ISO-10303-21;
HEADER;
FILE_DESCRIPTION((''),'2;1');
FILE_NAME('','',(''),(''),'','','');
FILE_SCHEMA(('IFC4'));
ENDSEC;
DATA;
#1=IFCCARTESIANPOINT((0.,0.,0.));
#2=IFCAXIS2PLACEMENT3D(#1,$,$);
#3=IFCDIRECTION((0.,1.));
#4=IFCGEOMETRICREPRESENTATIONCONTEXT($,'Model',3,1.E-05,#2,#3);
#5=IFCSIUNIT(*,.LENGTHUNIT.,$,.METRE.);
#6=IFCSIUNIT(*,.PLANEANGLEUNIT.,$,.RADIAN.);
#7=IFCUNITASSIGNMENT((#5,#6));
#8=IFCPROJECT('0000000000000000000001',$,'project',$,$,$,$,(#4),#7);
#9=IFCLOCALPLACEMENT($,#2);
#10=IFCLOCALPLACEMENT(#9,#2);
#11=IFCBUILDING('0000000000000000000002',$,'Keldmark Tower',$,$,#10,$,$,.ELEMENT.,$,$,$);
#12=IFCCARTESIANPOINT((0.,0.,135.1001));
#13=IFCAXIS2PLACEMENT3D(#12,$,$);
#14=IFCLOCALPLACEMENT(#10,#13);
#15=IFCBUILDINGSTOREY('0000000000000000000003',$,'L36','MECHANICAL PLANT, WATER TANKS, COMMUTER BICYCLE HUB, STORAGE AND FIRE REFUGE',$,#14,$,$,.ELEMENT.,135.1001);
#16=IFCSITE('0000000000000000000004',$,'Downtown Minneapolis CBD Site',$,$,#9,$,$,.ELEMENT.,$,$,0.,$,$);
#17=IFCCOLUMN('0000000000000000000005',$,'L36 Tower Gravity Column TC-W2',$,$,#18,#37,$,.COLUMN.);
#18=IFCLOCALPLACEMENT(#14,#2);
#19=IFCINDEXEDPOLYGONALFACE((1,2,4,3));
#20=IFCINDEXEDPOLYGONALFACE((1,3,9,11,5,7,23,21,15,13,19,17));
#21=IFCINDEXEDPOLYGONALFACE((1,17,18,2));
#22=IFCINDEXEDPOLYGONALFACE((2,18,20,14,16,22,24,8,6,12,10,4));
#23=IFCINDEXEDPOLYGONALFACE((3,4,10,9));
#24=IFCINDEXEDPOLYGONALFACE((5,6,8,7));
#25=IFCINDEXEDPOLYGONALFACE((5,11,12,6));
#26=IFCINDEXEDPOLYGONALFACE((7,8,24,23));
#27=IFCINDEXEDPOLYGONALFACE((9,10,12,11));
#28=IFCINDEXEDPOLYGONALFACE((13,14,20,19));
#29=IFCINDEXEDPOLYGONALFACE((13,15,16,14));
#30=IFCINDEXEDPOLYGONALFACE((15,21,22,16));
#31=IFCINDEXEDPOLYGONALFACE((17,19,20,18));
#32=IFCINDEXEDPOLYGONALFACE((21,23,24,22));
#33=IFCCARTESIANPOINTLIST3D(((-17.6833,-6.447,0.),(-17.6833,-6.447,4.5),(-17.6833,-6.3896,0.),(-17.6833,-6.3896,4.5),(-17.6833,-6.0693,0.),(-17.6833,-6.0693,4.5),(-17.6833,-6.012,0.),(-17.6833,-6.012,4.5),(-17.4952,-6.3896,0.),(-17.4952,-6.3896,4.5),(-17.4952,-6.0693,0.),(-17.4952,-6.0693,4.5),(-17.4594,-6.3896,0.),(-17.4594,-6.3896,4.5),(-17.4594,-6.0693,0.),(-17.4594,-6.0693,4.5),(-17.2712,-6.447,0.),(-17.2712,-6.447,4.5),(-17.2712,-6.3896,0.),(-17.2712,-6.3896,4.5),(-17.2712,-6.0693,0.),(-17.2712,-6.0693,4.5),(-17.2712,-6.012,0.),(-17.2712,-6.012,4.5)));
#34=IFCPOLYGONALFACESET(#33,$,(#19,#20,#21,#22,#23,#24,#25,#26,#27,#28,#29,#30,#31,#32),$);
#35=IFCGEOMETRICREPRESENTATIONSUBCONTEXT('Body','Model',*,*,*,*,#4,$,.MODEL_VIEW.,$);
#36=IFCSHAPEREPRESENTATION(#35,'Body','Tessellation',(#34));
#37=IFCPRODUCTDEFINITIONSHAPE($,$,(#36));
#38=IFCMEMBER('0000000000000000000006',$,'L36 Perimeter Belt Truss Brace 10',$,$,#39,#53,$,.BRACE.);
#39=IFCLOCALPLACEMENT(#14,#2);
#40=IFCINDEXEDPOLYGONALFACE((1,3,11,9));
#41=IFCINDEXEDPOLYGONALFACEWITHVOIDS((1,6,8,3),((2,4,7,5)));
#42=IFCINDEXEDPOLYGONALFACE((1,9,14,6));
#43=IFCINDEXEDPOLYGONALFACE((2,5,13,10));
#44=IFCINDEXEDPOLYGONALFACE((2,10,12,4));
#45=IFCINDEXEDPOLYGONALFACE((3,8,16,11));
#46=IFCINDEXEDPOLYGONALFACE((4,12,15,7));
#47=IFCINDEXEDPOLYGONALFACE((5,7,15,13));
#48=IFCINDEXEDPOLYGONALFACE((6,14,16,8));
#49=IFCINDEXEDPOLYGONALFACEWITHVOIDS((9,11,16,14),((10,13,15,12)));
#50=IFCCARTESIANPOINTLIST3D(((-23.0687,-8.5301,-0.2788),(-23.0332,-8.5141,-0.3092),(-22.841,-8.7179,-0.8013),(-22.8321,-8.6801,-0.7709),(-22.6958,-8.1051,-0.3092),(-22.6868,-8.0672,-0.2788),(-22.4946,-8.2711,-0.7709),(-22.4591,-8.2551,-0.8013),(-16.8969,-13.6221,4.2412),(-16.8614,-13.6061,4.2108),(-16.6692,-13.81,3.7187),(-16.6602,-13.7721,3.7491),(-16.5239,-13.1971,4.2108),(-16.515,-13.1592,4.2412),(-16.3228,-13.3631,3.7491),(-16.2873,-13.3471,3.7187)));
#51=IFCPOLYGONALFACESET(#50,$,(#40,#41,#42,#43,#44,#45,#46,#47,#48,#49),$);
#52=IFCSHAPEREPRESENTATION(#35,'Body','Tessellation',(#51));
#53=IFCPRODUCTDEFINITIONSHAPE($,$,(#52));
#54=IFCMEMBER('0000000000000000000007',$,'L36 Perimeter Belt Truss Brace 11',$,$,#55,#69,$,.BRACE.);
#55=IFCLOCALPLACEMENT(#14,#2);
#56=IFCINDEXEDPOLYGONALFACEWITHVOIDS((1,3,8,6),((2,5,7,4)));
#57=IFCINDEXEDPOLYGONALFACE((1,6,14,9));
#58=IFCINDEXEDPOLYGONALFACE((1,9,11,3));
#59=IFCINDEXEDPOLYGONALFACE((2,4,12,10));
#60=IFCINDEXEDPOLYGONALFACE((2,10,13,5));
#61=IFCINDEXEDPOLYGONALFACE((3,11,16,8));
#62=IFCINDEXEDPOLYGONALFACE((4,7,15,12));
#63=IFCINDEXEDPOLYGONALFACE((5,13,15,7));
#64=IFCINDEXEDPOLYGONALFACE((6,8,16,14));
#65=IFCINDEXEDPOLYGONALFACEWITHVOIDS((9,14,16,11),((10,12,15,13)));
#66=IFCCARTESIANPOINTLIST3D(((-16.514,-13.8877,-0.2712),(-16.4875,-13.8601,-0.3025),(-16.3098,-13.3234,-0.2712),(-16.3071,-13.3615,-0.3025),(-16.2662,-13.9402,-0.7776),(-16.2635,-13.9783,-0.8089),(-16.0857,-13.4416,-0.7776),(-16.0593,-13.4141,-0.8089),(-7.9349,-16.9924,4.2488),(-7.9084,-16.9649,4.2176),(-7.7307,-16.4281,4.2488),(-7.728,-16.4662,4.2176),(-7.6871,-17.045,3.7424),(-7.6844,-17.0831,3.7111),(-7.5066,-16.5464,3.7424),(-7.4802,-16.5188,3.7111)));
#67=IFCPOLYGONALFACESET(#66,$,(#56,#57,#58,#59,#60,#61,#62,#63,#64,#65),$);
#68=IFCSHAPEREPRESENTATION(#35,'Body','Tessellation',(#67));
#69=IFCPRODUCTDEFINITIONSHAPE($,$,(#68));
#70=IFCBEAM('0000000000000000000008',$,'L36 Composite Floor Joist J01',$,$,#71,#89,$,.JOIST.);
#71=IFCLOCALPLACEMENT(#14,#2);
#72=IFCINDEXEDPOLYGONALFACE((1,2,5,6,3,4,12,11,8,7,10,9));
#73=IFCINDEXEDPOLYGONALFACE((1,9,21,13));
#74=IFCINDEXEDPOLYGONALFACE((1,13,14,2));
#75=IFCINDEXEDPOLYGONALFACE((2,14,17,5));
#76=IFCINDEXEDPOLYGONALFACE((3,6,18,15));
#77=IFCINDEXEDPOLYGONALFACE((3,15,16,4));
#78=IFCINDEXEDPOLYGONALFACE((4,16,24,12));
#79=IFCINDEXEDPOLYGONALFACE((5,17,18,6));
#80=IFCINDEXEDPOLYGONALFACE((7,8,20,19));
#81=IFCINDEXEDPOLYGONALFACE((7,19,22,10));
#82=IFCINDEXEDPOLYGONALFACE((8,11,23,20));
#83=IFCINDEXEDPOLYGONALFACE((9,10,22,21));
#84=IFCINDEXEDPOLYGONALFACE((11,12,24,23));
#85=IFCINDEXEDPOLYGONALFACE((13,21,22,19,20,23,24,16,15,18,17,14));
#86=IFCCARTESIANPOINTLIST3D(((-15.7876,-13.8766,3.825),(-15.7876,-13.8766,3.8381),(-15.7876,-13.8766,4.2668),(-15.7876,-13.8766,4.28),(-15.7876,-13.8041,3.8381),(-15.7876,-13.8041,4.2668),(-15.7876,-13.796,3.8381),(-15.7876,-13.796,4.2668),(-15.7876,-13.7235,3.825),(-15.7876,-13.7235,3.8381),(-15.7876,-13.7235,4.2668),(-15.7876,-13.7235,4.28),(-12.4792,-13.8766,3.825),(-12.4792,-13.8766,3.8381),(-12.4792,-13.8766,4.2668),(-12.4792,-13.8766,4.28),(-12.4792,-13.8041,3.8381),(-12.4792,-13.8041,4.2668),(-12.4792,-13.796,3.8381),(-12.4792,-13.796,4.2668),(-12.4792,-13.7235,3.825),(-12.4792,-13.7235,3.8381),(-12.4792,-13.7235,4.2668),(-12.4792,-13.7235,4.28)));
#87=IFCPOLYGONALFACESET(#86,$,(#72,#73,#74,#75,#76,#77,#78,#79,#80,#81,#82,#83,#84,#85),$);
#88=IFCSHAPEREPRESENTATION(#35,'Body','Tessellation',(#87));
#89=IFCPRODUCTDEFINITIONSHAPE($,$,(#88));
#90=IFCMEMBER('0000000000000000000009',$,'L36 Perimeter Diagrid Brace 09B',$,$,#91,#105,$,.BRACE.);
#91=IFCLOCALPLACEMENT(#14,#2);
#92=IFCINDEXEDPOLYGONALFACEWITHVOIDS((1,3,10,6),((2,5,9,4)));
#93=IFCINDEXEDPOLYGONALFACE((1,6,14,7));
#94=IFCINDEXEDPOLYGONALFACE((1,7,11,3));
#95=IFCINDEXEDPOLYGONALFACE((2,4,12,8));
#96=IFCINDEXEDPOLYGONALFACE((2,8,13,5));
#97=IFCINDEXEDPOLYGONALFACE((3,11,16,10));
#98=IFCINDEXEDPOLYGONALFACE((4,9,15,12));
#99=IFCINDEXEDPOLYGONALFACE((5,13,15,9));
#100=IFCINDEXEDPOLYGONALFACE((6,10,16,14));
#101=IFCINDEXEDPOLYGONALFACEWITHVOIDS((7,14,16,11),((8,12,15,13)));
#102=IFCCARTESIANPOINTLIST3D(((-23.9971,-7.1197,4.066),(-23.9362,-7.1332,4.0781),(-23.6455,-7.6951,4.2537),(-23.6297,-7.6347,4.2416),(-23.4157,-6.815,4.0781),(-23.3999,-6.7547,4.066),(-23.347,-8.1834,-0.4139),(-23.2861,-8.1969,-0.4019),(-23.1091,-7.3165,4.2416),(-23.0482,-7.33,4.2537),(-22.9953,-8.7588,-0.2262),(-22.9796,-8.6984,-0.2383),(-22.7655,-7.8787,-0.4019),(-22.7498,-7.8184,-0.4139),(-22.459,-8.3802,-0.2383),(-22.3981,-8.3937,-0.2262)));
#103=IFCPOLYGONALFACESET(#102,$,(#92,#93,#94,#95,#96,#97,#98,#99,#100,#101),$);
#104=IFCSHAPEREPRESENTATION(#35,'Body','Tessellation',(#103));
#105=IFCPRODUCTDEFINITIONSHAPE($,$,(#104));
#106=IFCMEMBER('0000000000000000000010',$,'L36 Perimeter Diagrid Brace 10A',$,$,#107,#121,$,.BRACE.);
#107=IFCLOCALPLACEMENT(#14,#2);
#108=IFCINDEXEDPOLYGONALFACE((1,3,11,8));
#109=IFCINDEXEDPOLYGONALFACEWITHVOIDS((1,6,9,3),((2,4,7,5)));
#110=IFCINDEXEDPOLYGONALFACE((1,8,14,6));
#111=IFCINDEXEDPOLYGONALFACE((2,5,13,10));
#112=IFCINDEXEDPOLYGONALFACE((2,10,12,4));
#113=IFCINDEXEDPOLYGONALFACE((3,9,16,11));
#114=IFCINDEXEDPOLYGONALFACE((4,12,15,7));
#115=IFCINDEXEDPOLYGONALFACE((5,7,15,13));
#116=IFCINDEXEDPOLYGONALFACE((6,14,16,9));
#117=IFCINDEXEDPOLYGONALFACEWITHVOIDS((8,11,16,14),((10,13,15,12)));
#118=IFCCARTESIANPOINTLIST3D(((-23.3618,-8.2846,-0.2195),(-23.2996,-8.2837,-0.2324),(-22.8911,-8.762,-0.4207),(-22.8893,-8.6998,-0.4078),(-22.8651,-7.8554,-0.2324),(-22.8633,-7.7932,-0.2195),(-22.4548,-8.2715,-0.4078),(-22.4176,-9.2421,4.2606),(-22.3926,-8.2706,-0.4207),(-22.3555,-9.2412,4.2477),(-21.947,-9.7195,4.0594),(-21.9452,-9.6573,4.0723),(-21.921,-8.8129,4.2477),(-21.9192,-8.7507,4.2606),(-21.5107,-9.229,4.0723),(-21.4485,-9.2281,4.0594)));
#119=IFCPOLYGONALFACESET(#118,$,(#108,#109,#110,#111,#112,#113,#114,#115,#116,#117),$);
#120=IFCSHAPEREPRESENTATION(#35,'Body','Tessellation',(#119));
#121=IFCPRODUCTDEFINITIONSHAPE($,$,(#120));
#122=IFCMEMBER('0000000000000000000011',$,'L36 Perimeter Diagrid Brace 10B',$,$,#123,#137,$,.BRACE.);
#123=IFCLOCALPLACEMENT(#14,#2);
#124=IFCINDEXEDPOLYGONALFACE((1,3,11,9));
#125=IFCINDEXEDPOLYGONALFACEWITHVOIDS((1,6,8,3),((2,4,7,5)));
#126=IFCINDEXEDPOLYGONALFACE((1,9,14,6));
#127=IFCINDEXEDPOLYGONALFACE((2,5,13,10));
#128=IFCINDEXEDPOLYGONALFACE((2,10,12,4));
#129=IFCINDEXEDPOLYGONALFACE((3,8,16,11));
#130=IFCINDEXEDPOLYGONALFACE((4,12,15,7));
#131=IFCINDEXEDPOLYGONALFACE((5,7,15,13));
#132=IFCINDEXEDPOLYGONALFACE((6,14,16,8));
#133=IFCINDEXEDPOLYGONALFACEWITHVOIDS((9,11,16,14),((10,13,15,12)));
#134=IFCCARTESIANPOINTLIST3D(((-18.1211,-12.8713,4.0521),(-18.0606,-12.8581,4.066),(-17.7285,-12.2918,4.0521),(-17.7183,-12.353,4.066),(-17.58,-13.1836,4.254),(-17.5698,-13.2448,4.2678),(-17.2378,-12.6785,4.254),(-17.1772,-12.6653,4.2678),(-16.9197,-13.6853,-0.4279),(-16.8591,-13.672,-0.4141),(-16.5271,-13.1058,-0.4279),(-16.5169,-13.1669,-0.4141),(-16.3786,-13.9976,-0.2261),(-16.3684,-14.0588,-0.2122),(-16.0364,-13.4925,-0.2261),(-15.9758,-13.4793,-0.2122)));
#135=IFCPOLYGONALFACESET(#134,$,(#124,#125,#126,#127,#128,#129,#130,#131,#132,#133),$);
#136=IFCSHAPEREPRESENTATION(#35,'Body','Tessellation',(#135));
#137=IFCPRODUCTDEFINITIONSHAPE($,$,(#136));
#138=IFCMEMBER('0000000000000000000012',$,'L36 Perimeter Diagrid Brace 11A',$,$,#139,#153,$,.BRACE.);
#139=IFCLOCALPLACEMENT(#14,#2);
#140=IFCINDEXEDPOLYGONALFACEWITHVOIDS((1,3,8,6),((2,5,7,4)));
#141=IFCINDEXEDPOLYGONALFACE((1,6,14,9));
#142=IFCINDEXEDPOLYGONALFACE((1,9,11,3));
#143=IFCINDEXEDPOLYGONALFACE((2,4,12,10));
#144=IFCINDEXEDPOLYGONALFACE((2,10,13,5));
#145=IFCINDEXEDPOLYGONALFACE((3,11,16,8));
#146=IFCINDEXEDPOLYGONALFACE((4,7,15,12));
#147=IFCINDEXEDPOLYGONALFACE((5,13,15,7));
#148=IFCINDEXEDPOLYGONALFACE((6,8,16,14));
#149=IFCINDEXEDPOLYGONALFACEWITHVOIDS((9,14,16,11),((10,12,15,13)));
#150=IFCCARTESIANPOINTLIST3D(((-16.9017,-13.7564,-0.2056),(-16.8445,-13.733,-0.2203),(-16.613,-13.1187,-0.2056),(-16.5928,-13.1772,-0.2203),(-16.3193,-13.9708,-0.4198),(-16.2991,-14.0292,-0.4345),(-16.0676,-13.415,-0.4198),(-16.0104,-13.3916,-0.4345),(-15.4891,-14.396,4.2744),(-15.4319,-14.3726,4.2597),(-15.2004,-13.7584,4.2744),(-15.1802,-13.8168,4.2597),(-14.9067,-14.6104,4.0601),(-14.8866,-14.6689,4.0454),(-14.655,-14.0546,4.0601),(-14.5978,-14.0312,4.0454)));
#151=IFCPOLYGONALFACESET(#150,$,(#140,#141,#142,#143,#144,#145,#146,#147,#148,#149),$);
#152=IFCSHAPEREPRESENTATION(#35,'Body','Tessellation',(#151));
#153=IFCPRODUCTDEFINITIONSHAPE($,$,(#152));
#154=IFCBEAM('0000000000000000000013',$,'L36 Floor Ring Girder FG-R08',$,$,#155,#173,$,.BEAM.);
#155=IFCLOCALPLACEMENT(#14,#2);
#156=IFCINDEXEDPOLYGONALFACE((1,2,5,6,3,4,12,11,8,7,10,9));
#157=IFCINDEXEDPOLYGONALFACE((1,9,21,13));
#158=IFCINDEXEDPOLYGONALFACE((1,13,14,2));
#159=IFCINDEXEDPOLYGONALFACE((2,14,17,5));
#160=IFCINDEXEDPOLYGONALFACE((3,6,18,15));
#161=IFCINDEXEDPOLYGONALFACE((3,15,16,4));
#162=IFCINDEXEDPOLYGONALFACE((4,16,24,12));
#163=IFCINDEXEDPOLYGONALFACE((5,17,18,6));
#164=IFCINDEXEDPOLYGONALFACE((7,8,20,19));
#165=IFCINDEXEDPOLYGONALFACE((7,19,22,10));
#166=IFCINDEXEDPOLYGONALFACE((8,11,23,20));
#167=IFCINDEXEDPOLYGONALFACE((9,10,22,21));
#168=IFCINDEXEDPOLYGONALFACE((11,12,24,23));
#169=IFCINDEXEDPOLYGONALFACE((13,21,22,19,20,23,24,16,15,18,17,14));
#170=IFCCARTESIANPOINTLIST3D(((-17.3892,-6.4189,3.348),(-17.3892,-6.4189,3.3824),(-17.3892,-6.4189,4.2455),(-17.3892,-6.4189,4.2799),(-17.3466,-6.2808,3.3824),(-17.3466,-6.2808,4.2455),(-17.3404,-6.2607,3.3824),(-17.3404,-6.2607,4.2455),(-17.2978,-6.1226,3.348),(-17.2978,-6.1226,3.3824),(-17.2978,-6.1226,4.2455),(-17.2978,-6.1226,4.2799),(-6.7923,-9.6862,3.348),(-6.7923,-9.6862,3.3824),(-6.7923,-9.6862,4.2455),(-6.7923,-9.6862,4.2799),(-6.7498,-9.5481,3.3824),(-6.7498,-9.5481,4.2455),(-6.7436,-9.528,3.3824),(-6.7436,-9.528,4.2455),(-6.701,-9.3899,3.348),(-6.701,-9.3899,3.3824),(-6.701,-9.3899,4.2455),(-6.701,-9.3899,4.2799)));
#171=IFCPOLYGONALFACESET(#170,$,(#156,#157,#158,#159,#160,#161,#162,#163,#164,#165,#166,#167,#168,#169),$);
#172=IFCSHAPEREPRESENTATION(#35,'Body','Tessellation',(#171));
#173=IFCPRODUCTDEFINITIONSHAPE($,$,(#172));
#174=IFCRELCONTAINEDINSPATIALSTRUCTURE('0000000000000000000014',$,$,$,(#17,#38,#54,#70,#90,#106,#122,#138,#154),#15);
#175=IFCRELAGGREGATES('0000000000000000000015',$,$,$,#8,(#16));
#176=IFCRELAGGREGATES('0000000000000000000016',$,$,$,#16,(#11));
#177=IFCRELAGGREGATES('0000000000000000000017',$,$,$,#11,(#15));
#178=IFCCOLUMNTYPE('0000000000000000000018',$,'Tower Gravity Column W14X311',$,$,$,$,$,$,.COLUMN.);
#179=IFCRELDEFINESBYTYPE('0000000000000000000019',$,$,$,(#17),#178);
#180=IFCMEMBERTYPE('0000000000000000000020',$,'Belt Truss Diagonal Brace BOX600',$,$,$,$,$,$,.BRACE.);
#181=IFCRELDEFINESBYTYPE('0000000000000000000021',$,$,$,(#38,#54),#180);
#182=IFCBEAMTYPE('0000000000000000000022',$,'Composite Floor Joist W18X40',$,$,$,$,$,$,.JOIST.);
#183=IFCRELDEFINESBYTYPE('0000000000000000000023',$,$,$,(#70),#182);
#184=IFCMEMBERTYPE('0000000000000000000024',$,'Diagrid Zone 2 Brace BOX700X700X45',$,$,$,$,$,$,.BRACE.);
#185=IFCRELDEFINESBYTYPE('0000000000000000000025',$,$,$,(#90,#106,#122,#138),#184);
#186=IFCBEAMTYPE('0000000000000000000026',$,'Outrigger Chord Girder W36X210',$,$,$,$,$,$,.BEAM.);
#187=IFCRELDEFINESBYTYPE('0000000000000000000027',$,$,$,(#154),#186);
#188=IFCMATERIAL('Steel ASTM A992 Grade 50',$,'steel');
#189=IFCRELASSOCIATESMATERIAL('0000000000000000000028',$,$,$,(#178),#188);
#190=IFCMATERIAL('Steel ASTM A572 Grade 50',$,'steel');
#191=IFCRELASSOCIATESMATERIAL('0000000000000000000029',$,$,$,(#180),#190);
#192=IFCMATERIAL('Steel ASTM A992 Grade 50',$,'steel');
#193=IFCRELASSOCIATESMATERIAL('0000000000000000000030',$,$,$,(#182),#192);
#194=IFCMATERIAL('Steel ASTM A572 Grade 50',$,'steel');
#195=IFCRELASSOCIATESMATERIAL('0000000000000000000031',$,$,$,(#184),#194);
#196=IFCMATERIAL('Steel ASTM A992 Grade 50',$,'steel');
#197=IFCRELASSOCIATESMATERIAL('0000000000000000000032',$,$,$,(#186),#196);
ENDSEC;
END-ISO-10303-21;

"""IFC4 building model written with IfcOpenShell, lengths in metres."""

from ifc_helpers import new_model, si_unit, direction, frame, origin, origin_2d, place, context, subcontext, project, spatial, hollow_rectangle, i_section, extrude, material, material_profile, profile_set, type_object, element, save


model = new_model("IFC4")

# Units and contexts
model_context = context("Model", 3, precision=1e-05, world=origin(), true_north=direction((0.0, 1.0)))
body_context = subcontext(model_context, "Body", "Model", "MODEL_VIEW")
ifc_project = project(units=[si_unit("LENGTHUNIT", "METRE"), si_unit("PLANEANGLEUNIT", "RADIAN")], contexts=[model_context])

# Site, building, storey
site_placement = place(None, origin())
site = spatial("IfcSite", under=ifc_project, at=site_placement, Name="Downtown Minneapolis CBD Site", CompositionType="ELEMENT", RefElevation=0.0)
building_placement = place(site_placement, origin())
building = spatial("IfcBuilding", under=site, at=building_placement, Name="Keldmark Tower", CompositionType="ELEMENT")
storey_placement = place(building_placement, frame((0.0, 0.0, 135.1001)))
storey = spatial("IfcBuildingStorey", under=building, at=storey_placement, Name="L36", Description="MECHANICAL PLANT, WATER TANKS, COMMUTER BICYCLE HUB, STORAGE AND FIRE REFUGE", CompositionType="ELEMENT", Elevation=135.1001)

# Column
ifc_material_1 = material(Name="Steel ASTM A992 Grade 50", Category="steel")
ifc_material_profile_1 = material_profile(ifc_material_1, i_section(OverallWidth=0.4121, OverallDepth=0.4351, WebThickness=0.0359, FlangeThickness=0.0574, at=origin_2d()), Name="W14X311")
ifc_profile_set_1 = profile_set([ifc_material_profile_1], Name="Steel ASTM A992 Grade 50")
column_type = type_object("IfcColumnType", Name="Tower Gravity Column W14X311", PredefinedType="COLUMN", material=ifc_profile_set_1)
column_placement = place(storey_placement, frame((-17.4773, -6.2295, 0.0), z_axis=(0.0, 0.0, 1.0), x_axis=(1.0, 0.0, 0.0)))
element("IfcColumn", 1, at=column_placement, inside=storey, type_object=column_type, Name="L36 Tower Gravity Column TC-W2", PredefinedType="COLUMN", context=body_context, shape_type="SweptSolid", body=[
    extrude(i_section(OverallWidth=0.4121, OverallDepth=0.4351, WebThickness=0.0359, FlangeThickness=0.0574, at=origin_2d()), origin(), (0.0, 0.0, 1.0), 4.5),
])

# Members
ifc_material_2 = material(Name="Steel ASTM A572 Grade 50", Category="steel")
ifc_material_profile_2 = material_profile(ifc_material_2, hollow_rectangle(XDim=0.6001, YDim=0.6001, WallThickness=0.0349, at=origin_2d()), Name="BOX600X600X35")
ifc_profile_set_2 = profile_set([ifc_material_profile_2], Name="Steel ASTM A572 Grade 50")
member_type_1 = type_object("IfcMemberType", Name="Belt Truss Diagonal Brace BOX600", PredefinedType="BRACE", material=ifc_profile_set_2)
member_1_placement = place(storey_placement, frame((-22.7639, -8.3926, -0.54), z_axis=(0.671604, -0.5541, 0.491854), x_axis=(0.636401, 0.771358, 0.0)))
element("IfcMember", 2, at=member_1_placement, inside=storey, type_object=member_type_1, Name="L36 Perimeter Belt Truss Brace 10", PredefinedType="BRACE", context=body_context, shape_type="SweptSolid", body=[
    extrude(hollow_rectangle(XDim=0.6001, YDim=0.6001, WallThickness=0.0349, at=origin_2d()), origin(), (0.0, 0.0, 1.0), 9.1897),
])
member_2_placement = place(storey_placement, frame((-16.2866, -13.6509, -0.54), z_axis=(0.842584, -0.304927, 0.443927), x_axis=(0.340297, 0.940318, 0.0)))
element("IfcMember", 3, at=member_2_placement, inside=storey, type_object=member_type_1, Name="L36 Perimeter Belt Truss Brace 11", PredefinedType="BRACE", context=body_context, shape_type="SweptSolid", body=[
    extrude(hollow_rectangle(XDim=0.6001, YDim=0.6001, WallThickness=0.0349, at=origin_2d()), origin(), (0.0, 0.0, 1.0), 10.1819),
])

# Beam
ifc_material_3 = material(Name="Steel ASTM A992 Grade 50", Category="steel")
ifc_material_profile_3 = material_profile(ifc_material_3, i_section(OverallWidth=0.1531, OverallDepth=0.4551, WebThickness=0.0081, FlangeThickness=0.0132, at=origin_2d()), Name="W18X40")
ifc_profile_set_3 = profile_set([ifc_material_profile_3], Name="Steel ASTM A992 Grade 50")
beam_type_1 = type_object("IfcBeamType", Name="Composite Floor Joist W18X40", PredefinedType="JOIST", material=ifc_profile_set_3)
beam_1_placement = place(storey_placement, frame((-15.7876, -13.8, 4.0525), z_axis=(1.0, 0.0, 0.0), x_axis=(0.0, 1.0, 0.0)))
element("IfcBeam", 4, at=beam_1_placement, inside=storey, type_object=beam_type_1, Name="L36 Composite Floor Joist J01", PredefinedType="JOIST", context=body_context, shape_type="SweptSolid", body=[
    extrude(i_section(OverallWidth=0.1531, OverallDepth=0.4551, WebThickness=0.0081, FlangeThickness=0.0132, at=origin_2d()), origin(), (0.0, 0.0, 1.0), 3.3083),
])

# Members
ifc_material_4 = material(Name="Steel ASTM A572 Grade 50", Category="steel")
ifc_material_profile_4 = material_profile(ifc_material_4, hollow_rectangle(XDim=0.7, YDim=0.7, WallThickness=0.0449, at=origin_2d()), Name="BOX700X700X45")
ifc_profile_set_4 = profile_set([ifc_material_profile_4], Name="Steel ASTM A572 Grade 50")
member_type_2 = type_object("IfcMemberType", Name="Diagrid Zone 2 Brace BOX700X700X45", PredefinedType="BRACE", material=ifc_profile_set_4)
member_3_placement = place(storey_placement, frame((-22.8726, -8.2886, -0.3201), z_axis=(-0.13981, 0.228747, 0.963394), x_axis=(-0.853248, -0.521505, 0.0)))
element("IfcMember", 5, at=member_3_placement, inside=storey, type_object=member_type_2, Name="L36 Perimeter Diagrid Brace 09B", PredefinedType="BRACE", context=body_context, shape_type="SweptSolid", body=[
    extrude(hollow_rectangle(XDim=0.7, YDim=0.7, WallThickness=0.0449, at=origin_2d()), origin(), (0.0, 0.0, 1.0), 4.6501),
])
member_4_placement = place(storey_placement, frame((-22.8772, -8.2776, -0.3201), z_axis=(0.20184, -0.20471, 0.957786), x_axis=(0.712082, 0.702096, 0.0)))
element("IfcMember", 6, at=member_4_placement, inside=storey, type_object=member_type_2, Name="L36 Perimeter Diagrid Brace 10A", PredefinedType="BRACE", context=body_context, shape_type="SweptSolid", body=[
    extrude(hollow_rectangle(XDim=0.7, YDim=0.7, WallThickness=0.0449, at=origin_2d()), origin(), (0.0, 0.0, 1.0), 4.6775),
])
member_5_placement = place(storey_placement, frame((-16.4478, -13.5823, -0.3201), z_axis=(-0.255123, 0.172847, 0.951334), x_axis=(-0.560897, -0.827886, 0.0)))
element("IfcMember", 7, at=member_5_placement, inside=storey, type_object=member_type_2, Name="L36 Perimeter Diagrid Brace 10B", PredefinedType="BRACE", context=body_context, shape_type="SweptSolid", body=[
    extrude(hollow_rectangle(XDim=0.7, YDim=0.7, WallThickness=0.0449, at=origin_2d()), origin(), (0.0, 0.0, 1.0), 4.7092),
])
member_6_placement = place(storey_placement, frame((-16.4561, -13.574, -0.3201), z_axis=(0.297969, -0.134925, 0.944992), x_axis=(0.412498, 0.910959, 0.0)))
element("IfcMember", 8, at=member_6_placement, inside=storey, type_object=member_type_2, Name="L36 Perimeter Diagrid Brace 11A", PredefinedType="BRACE", context=body_context, shape_type="SweptSolid", body=[
    extrude(hollow_rectangle(XDim=0.7, YDim=0.7, WallThickness=0.0449, at=origin_2d()), origin(), (0.0, 0.0, 1.0), 4.7407),
])

# Beam
ifc_material_5 = material(Name="Steel ASTM A992 Grade 50", Category="steel")
ifc_material_profile_5 = material_profile(ifc_material_5, i_section(OverallWidth=0.3101, OverallDepth=0.9319, WebThickness=0.021, FlangeThickness=0.0344, at=origin_2d()), Name="W36X210")
ifc_profile_set_5 = profile_set([ifc_material_profile_5], Name="Steel ASTM A992 Grade 50")
beam_type_2 = type_object("IfcBeamType", Name="Outrigger Chord Girder W36X210", PredefinedType="BEAM", material=ifc_profile_set_5)
beam_2_placement = place(storey_placement, frame((-17.3435, -6.2708, 3.814), z_axis=(0.955608, -0.294641, 0.0), x_axis=(0.294641, 0.955608, 0.0)))
element("IfcBeam", 9, at=beam_2_placement, inside=storey, type_object=beam_type_2, Name="L36 Floor Ring Girder FG-R08", PredefinedType="BEAM", context=body_context, shape_type="SweptSolid", body=[
    extrude(i_section(OverallWidth=0.3101, OverallDepth=0.9319, WebThickness=0.021, FlangeThickness=0.0344, at=origin_2d()), origin(), (0.0, 0.0, 1.0), 11.0891),
])

save(model, "model.ifc")
